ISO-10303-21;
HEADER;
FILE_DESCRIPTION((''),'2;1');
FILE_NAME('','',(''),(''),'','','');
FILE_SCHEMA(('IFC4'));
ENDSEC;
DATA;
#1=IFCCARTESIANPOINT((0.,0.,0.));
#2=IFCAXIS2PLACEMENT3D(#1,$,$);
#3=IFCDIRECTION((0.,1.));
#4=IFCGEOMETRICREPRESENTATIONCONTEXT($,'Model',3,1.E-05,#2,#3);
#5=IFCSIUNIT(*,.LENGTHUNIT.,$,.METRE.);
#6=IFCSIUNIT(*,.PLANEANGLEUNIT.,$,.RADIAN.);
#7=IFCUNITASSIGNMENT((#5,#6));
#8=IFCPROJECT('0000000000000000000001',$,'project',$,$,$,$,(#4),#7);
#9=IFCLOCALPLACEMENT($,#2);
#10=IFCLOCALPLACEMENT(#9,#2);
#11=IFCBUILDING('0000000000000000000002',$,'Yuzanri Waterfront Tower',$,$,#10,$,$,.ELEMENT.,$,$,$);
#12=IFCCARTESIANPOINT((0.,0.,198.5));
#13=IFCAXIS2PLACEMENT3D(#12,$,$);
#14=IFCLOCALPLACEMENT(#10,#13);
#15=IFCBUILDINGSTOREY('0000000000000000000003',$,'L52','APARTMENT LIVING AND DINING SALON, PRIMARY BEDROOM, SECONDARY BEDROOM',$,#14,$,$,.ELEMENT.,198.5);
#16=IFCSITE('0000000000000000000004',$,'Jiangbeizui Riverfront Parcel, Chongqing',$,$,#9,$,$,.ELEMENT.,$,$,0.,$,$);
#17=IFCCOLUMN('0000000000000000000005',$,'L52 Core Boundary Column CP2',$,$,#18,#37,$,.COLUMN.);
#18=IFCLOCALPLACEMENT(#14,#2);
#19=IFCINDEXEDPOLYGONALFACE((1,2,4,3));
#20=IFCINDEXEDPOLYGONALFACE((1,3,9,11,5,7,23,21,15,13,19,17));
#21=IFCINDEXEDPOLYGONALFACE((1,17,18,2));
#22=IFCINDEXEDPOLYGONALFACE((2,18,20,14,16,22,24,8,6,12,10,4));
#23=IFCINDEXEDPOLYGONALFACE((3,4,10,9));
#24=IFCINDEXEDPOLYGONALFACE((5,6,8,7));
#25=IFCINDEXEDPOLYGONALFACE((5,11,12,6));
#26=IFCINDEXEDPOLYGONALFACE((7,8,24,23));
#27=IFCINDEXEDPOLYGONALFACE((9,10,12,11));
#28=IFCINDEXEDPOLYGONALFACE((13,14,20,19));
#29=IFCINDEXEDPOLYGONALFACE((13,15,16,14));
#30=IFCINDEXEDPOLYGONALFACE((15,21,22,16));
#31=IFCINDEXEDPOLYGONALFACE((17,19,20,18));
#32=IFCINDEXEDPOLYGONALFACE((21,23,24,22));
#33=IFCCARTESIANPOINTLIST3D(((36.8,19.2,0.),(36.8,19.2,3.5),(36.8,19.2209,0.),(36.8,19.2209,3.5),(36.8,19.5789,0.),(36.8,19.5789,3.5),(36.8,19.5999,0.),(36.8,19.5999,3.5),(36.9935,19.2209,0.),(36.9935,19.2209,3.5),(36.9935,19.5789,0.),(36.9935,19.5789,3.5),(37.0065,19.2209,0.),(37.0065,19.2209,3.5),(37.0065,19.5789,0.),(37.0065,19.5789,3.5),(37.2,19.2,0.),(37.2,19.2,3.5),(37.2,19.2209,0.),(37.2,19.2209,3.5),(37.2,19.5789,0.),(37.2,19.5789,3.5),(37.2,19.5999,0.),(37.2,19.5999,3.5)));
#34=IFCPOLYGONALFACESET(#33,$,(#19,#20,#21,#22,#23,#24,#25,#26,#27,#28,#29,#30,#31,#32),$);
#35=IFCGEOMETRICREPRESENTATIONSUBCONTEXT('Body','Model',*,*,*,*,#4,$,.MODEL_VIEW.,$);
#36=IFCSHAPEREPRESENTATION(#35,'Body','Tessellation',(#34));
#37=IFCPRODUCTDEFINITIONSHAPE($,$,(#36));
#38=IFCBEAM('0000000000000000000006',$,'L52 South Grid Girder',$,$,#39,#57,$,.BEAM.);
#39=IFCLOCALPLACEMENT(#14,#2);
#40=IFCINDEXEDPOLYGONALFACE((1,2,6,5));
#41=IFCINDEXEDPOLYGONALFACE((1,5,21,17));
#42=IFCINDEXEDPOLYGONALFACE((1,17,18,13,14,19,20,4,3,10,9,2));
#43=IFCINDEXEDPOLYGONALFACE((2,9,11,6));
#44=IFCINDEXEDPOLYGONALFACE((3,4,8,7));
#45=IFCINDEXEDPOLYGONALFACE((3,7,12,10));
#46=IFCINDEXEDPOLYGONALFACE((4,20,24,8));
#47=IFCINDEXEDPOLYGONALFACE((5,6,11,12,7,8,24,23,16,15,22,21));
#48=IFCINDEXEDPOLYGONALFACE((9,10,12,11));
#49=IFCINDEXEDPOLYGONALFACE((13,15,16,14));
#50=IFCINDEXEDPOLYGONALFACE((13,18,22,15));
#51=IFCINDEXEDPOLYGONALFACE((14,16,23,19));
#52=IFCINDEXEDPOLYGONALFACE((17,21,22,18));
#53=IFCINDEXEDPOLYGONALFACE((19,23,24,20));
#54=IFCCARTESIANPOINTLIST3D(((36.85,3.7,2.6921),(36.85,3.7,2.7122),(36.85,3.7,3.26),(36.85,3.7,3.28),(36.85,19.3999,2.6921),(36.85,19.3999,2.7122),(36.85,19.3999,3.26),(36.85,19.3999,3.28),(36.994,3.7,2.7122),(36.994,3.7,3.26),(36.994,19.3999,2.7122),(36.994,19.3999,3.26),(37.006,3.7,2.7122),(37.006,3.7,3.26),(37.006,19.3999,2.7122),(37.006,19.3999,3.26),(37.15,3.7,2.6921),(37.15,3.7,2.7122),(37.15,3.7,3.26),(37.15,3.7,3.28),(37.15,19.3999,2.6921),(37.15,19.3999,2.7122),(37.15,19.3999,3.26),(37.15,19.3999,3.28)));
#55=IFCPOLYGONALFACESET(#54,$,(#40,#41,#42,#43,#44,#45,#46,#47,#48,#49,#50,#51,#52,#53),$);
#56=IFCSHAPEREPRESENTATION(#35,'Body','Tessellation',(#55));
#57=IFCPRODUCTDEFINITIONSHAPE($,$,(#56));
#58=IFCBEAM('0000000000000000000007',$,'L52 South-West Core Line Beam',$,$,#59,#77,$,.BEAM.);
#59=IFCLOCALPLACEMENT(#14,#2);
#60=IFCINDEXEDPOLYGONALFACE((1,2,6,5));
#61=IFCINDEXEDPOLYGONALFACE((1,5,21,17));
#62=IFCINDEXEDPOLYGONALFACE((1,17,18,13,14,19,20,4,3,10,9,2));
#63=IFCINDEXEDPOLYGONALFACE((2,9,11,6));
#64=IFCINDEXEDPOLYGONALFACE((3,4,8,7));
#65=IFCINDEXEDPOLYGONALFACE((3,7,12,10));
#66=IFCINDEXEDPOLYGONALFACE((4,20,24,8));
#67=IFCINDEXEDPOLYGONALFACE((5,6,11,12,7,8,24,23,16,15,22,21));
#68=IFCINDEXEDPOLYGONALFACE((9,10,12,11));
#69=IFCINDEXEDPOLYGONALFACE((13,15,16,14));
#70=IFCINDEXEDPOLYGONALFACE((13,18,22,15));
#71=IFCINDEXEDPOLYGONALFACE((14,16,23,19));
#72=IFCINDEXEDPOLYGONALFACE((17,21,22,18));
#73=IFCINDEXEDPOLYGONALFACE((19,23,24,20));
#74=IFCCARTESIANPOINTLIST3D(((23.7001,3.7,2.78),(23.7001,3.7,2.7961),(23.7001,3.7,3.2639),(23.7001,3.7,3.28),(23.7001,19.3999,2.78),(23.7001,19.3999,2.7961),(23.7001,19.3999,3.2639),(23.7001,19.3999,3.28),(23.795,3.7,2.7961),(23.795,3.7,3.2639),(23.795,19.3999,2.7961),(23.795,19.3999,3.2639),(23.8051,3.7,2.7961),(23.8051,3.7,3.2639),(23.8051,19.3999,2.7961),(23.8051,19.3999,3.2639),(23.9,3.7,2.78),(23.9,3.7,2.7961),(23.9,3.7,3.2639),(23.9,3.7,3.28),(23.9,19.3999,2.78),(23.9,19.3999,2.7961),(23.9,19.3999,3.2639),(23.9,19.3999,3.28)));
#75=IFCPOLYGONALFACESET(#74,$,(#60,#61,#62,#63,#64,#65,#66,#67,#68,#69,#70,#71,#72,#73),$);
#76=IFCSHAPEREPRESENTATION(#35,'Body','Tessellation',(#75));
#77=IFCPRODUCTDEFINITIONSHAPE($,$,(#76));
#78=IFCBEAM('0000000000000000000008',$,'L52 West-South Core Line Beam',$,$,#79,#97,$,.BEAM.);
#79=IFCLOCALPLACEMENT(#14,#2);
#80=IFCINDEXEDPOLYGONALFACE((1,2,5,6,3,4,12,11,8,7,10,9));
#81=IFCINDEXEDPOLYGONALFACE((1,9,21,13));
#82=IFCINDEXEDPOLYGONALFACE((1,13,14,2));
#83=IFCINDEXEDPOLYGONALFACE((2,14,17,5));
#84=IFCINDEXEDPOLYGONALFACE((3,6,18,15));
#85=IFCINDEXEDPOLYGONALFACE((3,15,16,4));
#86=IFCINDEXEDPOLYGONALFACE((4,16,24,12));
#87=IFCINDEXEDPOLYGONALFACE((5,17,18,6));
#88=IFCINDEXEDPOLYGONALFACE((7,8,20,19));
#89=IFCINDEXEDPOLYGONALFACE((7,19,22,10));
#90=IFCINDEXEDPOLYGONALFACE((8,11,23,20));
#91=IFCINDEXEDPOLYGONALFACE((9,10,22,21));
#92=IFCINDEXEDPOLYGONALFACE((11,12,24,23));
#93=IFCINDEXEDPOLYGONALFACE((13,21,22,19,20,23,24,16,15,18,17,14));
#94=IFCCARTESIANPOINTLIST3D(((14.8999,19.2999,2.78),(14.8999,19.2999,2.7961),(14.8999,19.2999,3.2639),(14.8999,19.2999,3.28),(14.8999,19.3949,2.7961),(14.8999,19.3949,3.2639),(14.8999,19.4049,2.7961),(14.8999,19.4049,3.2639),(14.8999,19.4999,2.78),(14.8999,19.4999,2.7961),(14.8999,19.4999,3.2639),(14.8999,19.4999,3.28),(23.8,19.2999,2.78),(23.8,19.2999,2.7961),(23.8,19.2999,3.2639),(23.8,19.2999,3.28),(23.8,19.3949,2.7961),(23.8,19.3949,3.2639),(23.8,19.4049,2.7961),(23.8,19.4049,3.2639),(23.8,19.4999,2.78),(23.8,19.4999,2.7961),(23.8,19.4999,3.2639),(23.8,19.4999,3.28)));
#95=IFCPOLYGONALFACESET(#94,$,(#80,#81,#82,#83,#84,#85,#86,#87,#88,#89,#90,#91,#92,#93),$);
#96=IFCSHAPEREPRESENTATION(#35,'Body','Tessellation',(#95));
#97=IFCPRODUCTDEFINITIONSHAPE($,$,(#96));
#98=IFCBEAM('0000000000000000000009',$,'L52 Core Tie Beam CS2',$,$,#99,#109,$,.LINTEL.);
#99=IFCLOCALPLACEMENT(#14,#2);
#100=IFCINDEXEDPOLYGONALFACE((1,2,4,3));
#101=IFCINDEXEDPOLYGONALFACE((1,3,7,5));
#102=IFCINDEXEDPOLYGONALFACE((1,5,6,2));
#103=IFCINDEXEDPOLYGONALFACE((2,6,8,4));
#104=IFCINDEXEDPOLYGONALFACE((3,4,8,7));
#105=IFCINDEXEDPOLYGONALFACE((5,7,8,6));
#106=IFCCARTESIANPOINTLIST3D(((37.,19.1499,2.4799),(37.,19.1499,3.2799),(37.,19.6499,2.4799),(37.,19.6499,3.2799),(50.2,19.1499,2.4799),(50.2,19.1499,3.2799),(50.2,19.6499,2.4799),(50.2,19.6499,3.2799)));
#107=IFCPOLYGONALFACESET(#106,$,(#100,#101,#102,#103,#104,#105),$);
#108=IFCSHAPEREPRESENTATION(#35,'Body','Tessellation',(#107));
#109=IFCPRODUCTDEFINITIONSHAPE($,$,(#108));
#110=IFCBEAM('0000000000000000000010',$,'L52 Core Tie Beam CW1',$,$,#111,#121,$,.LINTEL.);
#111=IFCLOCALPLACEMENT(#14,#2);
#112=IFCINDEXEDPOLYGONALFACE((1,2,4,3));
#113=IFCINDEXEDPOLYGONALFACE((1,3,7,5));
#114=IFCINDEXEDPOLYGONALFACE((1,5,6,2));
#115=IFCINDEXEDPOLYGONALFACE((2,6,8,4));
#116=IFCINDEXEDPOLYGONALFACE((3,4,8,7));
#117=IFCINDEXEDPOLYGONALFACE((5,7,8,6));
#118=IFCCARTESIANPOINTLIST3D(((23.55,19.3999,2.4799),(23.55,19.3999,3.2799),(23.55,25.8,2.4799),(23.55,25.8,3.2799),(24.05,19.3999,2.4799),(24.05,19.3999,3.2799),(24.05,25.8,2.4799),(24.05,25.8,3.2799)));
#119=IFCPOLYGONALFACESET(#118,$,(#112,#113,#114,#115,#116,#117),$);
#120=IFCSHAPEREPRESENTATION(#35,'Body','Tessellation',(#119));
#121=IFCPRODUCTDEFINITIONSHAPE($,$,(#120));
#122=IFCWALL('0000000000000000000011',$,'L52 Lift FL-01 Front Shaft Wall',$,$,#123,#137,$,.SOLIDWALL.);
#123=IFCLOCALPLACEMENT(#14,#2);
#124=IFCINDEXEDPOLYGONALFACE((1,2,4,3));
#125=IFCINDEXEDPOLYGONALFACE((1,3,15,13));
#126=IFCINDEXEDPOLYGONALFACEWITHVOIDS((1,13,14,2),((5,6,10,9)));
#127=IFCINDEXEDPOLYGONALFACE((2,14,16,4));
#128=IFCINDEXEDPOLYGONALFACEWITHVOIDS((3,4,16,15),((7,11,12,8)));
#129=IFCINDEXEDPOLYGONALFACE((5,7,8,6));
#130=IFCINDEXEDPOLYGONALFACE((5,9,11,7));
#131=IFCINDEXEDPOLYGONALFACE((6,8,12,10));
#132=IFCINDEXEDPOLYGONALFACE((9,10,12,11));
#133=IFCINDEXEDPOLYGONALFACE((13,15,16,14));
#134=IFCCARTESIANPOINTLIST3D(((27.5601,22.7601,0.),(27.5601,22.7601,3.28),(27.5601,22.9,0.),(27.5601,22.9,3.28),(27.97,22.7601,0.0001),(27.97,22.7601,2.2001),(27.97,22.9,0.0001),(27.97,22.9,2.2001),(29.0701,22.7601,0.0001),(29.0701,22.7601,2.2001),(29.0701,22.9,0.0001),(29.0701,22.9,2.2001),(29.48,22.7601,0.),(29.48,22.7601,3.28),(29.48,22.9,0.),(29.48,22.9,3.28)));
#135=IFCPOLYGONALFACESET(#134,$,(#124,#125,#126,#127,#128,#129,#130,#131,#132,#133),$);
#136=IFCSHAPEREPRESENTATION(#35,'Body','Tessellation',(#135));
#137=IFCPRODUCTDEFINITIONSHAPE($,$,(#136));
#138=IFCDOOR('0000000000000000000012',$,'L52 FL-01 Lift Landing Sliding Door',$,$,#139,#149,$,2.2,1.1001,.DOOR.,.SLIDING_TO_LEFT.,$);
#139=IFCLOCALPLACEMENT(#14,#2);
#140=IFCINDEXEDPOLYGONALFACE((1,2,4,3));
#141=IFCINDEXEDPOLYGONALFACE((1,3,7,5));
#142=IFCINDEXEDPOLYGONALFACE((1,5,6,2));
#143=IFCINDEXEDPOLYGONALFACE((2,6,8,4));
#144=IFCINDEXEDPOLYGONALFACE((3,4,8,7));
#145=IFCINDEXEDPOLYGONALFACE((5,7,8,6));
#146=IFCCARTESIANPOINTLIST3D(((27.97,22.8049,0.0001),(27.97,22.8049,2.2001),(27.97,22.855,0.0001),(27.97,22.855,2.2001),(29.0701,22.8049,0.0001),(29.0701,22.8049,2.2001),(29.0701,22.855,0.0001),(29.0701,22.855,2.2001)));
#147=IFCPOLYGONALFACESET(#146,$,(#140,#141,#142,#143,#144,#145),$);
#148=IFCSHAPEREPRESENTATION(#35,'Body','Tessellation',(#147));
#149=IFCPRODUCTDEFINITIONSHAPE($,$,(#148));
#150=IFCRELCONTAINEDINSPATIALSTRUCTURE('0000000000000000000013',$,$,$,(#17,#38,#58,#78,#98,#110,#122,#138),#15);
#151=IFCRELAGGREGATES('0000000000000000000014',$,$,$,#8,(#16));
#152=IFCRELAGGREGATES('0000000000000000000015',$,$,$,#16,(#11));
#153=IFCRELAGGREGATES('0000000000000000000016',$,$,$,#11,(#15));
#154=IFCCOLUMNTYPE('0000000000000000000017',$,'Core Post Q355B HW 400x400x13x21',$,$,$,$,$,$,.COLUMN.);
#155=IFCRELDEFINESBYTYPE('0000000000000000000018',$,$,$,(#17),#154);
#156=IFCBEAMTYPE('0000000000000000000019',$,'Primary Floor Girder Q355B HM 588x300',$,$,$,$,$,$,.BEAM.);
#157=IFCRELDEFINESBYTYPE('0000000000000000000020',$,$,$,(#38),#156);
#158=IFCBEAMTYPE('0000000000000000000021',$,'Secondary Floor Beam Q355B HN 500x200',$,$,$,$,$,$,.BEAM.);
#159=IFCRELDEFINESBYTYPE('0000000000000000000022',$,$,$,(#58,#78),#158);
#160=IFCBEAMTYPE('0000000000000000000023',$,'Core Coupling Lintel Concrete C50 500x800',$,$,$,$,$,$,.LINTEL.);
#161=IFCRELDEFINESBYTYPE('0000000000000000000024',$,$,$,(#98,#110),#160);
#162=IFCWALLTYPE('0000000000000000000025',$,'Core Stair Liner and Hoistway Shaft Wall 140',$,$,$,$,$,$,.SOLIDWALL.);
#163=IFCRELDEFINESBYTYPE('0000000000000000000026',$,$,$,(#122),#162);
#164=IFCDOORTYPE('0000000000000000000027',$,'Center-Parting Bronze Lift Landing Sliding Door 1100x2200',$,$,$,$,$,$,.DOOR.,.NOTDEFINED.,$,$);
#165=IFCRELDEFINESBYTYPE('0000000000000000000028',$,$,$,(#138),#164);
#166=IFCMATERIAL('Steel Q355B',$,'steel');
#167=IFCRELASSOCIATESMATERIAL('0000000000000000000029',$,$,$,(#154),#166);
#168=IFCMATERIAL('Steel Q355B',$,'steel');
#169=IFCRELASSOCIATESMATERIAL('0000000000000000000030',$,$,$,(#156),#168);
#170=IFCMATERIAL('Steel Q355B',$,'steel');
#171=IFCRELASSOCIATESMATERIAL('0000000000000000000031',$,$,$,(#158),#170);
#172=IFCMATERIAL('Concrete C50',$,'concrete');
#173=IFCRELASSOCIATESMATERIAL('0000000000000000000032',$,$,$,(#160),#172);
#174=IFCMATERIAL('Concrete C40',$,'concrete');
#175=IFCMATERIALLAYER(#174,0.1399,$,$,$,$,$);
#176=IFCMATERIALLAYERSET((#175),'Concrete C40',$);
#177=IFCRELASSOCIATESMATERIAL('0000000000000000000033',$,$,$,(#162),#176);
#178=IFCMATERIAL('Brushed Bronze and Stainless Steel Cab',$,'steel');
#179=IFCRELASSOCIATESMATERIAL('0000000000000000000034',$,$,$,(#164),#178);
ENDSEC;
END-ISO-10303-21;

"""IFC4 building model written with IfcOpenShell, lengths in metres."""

from ifc_helpers import new_model, si_unit, direction, frame, frame_2d, origin, origin_2d, place, context, subcontext, project, spatial, rectangle, i_section, extrude, source, transform, mapped, material, layer, layer_set, material_profile, profile_set, type_object, element, fill, save


model = new_model("IFC4")

# Units and contexts
model_context = context("Model", 3, precision=1e-05, world=origin(), true_north=direction((0.0, 1.0)))
body_context = subcontext(model_context, "Body", "Model", "MODEL_VIEW")
ifc_project = project(units=[si_unit("LENGTHUNIT", "METRE"), si_unit("PLANEANGLEUNIT", "RADIAN")], contexts=[model_context])

# Site, building, storey
site_placement = place(None, origin())
site = spatial("IfcSite", under=ifc_project, at=site_placement, Name="Jiangbeizui Riverfront Parcel, Chongqing", CompositionType="ELEMENT", RefElevation=0.0)
building_placement = place(site_placement, origin())
building = spatial("IfcBuilding", under=site, at=building_placement, Name="Yuzanri Waterfront Tower", CompositionType="ELEMENT")
storey_placement = place(building_placement, frame((0.0, 0.0, 198.5)))
storey = spatial("IfcBuildingStorey", under=building, at=storey_placement, Name="L52", Description="APARTMENT LIVING AND DINING SALON, PRIMARY BEDROOM, SECONDARY BEDROOM", CompositionType="ELEMENT", Elevation=198.5)

# Column
ifc_material_1 = material(Name="Steel Q355B", Category="steel")
ifc_material_profile_1 = material_profile(ifc_material_1, i_section(OverallWidth=0.3999, OverallDepth=0.3999, WebThickness=0.0129, FlangeThickness=0.021, at=origin_2d()), Name="HW 400x400x13x21")
ifc_profile_set_1 = profile_set([ifc_material_profile_1], Name="Steel Q355B")
column_type = type_object("IfcColumnType", Name="Core Post Q355B HW 400x400x13x21", PredefinedType="COLUMN", material=ifc_profile_set_1)
shared_shape_1 = source(origin(), body_context, "Body", "SweptSolid", [
    extrude(i_section(OverallWidth=0.3999, OverallDepth=0.3999, WebThickness=0.0129, FlangeThickness=0.021, at=origin_2d()), origin(), (0.0, 0.0, 1.0), 3.5),
])
column_placement = place(storey_placement, frame((37.0, 19.3999, 0.0), z_axis=(0.0, 0.0, 1.0), x_axis=(1.0, 0.0, 0.0)))
element("IfcColumn", 1, at=column_placement, inside=storey, type_object=column_type, Name="L52 Core Boundary Column CP2", PredefinedType="COLUMN", context=body_context, shape_type="MappedRepresentation", body=[
    mapped(shared_shape_1, transform((0.0, 0.0, 0.0), scale=1.0)),
])

# Beams
ifc_material_2 = material(Name="Steel Q355B", Category="steel")
ifc_material_profile_2 = material_profile(ifc_material_2, i_section(OverallWidth=0.3, OverallDepth=0.5879, WebThickness=0.012, FlangeThickness=0.02, at=origin_2d()), Name="HM 588x300x12x20")
ifc_profile_set_2 = profile_set([ifc_material_profile_2], Name="Steel Q355B")
beam_type_1 = type_object("IfcBeamType", Name="Primary Floor Girder Q355B HM 588x300", PredefinedType="BEAM", material=ifc_profile_set_2)
shared_shape_2 = source(origin(), body_context, "Body", "SweptSolid", [
    extrude(i_section(OverallWidth=0.3, OverallDepth=0.5879, WebThickness=0.012, FlangeThickness=0.02, at=origin_2d()), origin(), (0.0, 0.0, 1.0), 15.7),
])
beam_1_placement = place(storey_placement, frame((37.0, 19.3999, 2.9861), z_axis=(0.0, -1.0, 0.0), x_axis=(1.0, 0.0, 0.0)))
element("IfcBeam", 2, at=beam_1_placement, inside=storey, type_object=beam_type_1, Name="L52 South Grid Girder", PredefinedType="BEAM", context=body_context, shape_type="MappedRepresentation", body=[
    mapped(shared_shape_2, transform((0.0, 0.0, 0.0), scale=1.0)),
])
ifc_material_3 = material(Name="Steel Q355B", Category="steel")
ifc_material_profile_3 = material_profile(ifc_material_3, i_section(OverallWidth=0.2, OverallDepth=0.5, WebThickness=0.01, FlangeThickness=0.0161, at=origin_2d()), Name="HN 500x200x10x16")
ifc_profile_set_3 = profile_set([ifc_material_profile_3], Name="Steel Q355B")
beam_type_2 = type_object("IfcBeamType", Name="Secondary Floor Beam Q355B HN 500x200", PredefinedType="BEAM", material=ifc_profile_set_3)
shared_shape_3 = source(origin(), body_context, "Body", "SweptSolid", [
    extrude(i_section(OverallWidth=0.2, OverallDepth=0.5, WebThickness=0.01, FlangeThickness=0.0161, at=origin_2d()), origin(), (0.0, 0.0, 1.0), 15.7),
])
beam_2_placement = place(storey_placement, frame((23.8, 19.3999, 3.03), z_axis=(0.0, -1.0, 0.0), x_axis=(1.0, 0.0, 0.0)))
element("IfcBeam", 3, at=beam_2_placement, inside=storey, type_object=beam_type_2, Name="L52 South-West Core Line Beam", PredefinedType="BEAM", context=body_context, shape_type="MappedRepresentation", body=[
    mapped(shared_shape_3, transform((0.0, 0.0, 0.0), scale=1.0)),
])
shared_shape_4 = source(origin(), body_context, "Body", "SweptSolid", [
    extrude(i_section(OverallWidth=0.2, OverallDepth=0.5, WebThickness=0.01, FlangeThickness=0.0161, at=origin_2d()), origin(), (0.0, 0.0, 1.0), 8.9001),
])
beam_3_placement = place(storey_placement, frame((23.8, 19.3999, 3.03), z_axis=(-1.0, 0.0, 0.0), x_axis=(0.0, -1.0, 0.0)))
element("IfcBeam", 4, at=beam_3_placement, inside=storey, type_object=beam_type_2, Name="L52 West-South Core Line Beam", PredefinedType="BEAM", context=body_context, shape_type="MappedRepresentation", body=[
    mapped(shared_shape_4, transform((0.0, 0.0, 0.0), scale=1.0)),
])
ifc_material_4 = material(Name="Concrete C50", Category="concrete")
ifc_material_profile_4 = material_profile(ifc_material_4, rectangle(XDim=0.5, YDim=0.8, at=origin_2d()), Name="RC 500x800")
ifc_profile_set_4 = profile_set([ifc_material_profile_4], Name="Concrete C50")
beam_type_3 = type_object("IfcBeamType", Name="Core Coupling Lintel Concrete C50 500x800", PredefinedType="LINTEL", material=ifc_profile_set_4)
shared_shape_5 = source(origin(), body_context, "Body", "SweptSolid", [
    extrude(rectangle(XDim=0.5, YDim=0.8, at=origin_2d()), origin(), (0.0, 0.0, 1.0), 13.2),
])
beam_4_placement = place(storey_placement, frame((37.0, 19.3999, 2.8799), z_axis=(1.0, 0.0, 0.0), x_axis=(0.0, 1.0, 0.0)))
element("IfcBeam", 5, at=beam_4_placement, inside=storey, type_object=beam_type_3, Name="L52 Core Tie Beam CS2", PredefinedType="LINTEL", context=body_context, shape_type="MappedRepresentation", body=[
    mapped(shared_shape_5, transform((0.0, 0.0, 0.0), scale=1.0)),
])
shared_shape_6 = source(origin(), body_context, "Body", "SweptSolid", [
    extrude(rectangle(XDim=0.5, YDim=0.8, at=origin_2d()), origin(), (0.0, 0.0, 1.0), 6.4001),
])
beam_5_placement = place(storey_placement, frame((23.8, 19.3999, 2.8799), z_axis=(0.0, 1.0, 0.0), x_axis=(-1.0, 0.0, 0.0)))
element("IfcBeam", 6, at=beam_5_placement, inside=storey, type_object=beam_type_3, Name="L52 Core Tie Beam CW1", PredefinedType="LINTEL", context=body_context, shape_type="MappedRepresentation", body=[
    mapped(shared_shape_6, transform((0.0, 0.0, 0.0), scale=1.0)),
])

# Wall, opening, door
ifc_material_5 = material(Name="Concrete C40", Category="concrete")
ifc_layer_1 = layer(ifc_material_5, 0.1399)
ifc_layer_set_1 = layer_set([ifc_layer_1], Name="Concrete C40")
wall_type_1 = type_object("IfcWallType", Name="Core Stair Liner and Hoistway Shaft Wall 140", PredefinedType="SOLIDWALL", material=ifc_layer_set_1)
wall_1_placement = place(storey_placement, frame((27.5601, 22.8301, 0.0), z_axis=(0.0, 0.0, 1.0), x_axis=(1.0, 0.0, 0.0)))
wall_1 = element("IfcWall", 7, at=wall_1_placement, inside=storey, type_object=wall_type_1, Name="L52 Lift FL-01 Front Shaft Wall", PredefinedType="SOLIDWALL", context=body_context, shape_type="SweptSolid", body=[
    extrude(rectangle(XDim=1.9199, YDim=0.1399, at=frame_2d((0.96, 0.0))), origin(), (0.0, 0.0, 1.0), 3.28),
])
opening_1_placement = place(wall_1_placement, frame((0.4099, 0.0, 0.0)))
opening_1 = element("IfcOpeningElement", 8, at=opening_1_placement, cuts=wall_1, PredefinedType="OPENING", context=body_context, shape_type="SweptSolid", body=[
    extrude(rectangle(XDim=1.1001, YDim=2.2, at=frame_2d((0.55, 1.1001))), frame((0.0, 0.085, 0.0), z_axis=(0.0, -1.0, 0.0), x_axis=(1.0, 0.0, 0.0)), (0.0, 0.0, 1.0), 0.1697),
])
ifc_material_6 = material(Name="Brushed Bronze and Stainless Steel Cab", Category="steel")
door_type_1 = type_object("IfcDoorType", Name="Center-Parting Bronze Lift Landing Sliding Door 1100x2200", OperationType="NOTDEFINED", PredefinedType="DOOR", material=ifc_material_6)
shared_shape_7 = source(origin(), body_context, "Body", "SweptSolid", [
    extrude(rectangle(XDim=1.1001, YDim=2.2, at=frame_2d((0.55, 1.1001))), frame((0.0, 0.0249, 0.0), z_axis=(0.0, -1.0, 0.0), x_axis=(1.0, 0.0, 0.0)), (0.0, 0.0, 1.0), 0.05),
])
door_1_placement = place(opening_1_placement, origin())
door_1 = element("IfcDoor", 9, at=door_1_placement, inside=storey, type_object=door_type_1, Name="L52 FL-01 Lift Landing Sliding Door", OperationType="SLIDING_TO_LEFT", OverallHeight=2.2, OverallWidth=1.1001, PredefinedType="DOOR", context=body_context, shape_type="MappedRepresentation", body=[
    mapped(shared_shape_7, transform((0.0, 0.0, 0.0), scale=1.0)),
])
fill(opening_1, door_1)

save(model, "model.ifc")
